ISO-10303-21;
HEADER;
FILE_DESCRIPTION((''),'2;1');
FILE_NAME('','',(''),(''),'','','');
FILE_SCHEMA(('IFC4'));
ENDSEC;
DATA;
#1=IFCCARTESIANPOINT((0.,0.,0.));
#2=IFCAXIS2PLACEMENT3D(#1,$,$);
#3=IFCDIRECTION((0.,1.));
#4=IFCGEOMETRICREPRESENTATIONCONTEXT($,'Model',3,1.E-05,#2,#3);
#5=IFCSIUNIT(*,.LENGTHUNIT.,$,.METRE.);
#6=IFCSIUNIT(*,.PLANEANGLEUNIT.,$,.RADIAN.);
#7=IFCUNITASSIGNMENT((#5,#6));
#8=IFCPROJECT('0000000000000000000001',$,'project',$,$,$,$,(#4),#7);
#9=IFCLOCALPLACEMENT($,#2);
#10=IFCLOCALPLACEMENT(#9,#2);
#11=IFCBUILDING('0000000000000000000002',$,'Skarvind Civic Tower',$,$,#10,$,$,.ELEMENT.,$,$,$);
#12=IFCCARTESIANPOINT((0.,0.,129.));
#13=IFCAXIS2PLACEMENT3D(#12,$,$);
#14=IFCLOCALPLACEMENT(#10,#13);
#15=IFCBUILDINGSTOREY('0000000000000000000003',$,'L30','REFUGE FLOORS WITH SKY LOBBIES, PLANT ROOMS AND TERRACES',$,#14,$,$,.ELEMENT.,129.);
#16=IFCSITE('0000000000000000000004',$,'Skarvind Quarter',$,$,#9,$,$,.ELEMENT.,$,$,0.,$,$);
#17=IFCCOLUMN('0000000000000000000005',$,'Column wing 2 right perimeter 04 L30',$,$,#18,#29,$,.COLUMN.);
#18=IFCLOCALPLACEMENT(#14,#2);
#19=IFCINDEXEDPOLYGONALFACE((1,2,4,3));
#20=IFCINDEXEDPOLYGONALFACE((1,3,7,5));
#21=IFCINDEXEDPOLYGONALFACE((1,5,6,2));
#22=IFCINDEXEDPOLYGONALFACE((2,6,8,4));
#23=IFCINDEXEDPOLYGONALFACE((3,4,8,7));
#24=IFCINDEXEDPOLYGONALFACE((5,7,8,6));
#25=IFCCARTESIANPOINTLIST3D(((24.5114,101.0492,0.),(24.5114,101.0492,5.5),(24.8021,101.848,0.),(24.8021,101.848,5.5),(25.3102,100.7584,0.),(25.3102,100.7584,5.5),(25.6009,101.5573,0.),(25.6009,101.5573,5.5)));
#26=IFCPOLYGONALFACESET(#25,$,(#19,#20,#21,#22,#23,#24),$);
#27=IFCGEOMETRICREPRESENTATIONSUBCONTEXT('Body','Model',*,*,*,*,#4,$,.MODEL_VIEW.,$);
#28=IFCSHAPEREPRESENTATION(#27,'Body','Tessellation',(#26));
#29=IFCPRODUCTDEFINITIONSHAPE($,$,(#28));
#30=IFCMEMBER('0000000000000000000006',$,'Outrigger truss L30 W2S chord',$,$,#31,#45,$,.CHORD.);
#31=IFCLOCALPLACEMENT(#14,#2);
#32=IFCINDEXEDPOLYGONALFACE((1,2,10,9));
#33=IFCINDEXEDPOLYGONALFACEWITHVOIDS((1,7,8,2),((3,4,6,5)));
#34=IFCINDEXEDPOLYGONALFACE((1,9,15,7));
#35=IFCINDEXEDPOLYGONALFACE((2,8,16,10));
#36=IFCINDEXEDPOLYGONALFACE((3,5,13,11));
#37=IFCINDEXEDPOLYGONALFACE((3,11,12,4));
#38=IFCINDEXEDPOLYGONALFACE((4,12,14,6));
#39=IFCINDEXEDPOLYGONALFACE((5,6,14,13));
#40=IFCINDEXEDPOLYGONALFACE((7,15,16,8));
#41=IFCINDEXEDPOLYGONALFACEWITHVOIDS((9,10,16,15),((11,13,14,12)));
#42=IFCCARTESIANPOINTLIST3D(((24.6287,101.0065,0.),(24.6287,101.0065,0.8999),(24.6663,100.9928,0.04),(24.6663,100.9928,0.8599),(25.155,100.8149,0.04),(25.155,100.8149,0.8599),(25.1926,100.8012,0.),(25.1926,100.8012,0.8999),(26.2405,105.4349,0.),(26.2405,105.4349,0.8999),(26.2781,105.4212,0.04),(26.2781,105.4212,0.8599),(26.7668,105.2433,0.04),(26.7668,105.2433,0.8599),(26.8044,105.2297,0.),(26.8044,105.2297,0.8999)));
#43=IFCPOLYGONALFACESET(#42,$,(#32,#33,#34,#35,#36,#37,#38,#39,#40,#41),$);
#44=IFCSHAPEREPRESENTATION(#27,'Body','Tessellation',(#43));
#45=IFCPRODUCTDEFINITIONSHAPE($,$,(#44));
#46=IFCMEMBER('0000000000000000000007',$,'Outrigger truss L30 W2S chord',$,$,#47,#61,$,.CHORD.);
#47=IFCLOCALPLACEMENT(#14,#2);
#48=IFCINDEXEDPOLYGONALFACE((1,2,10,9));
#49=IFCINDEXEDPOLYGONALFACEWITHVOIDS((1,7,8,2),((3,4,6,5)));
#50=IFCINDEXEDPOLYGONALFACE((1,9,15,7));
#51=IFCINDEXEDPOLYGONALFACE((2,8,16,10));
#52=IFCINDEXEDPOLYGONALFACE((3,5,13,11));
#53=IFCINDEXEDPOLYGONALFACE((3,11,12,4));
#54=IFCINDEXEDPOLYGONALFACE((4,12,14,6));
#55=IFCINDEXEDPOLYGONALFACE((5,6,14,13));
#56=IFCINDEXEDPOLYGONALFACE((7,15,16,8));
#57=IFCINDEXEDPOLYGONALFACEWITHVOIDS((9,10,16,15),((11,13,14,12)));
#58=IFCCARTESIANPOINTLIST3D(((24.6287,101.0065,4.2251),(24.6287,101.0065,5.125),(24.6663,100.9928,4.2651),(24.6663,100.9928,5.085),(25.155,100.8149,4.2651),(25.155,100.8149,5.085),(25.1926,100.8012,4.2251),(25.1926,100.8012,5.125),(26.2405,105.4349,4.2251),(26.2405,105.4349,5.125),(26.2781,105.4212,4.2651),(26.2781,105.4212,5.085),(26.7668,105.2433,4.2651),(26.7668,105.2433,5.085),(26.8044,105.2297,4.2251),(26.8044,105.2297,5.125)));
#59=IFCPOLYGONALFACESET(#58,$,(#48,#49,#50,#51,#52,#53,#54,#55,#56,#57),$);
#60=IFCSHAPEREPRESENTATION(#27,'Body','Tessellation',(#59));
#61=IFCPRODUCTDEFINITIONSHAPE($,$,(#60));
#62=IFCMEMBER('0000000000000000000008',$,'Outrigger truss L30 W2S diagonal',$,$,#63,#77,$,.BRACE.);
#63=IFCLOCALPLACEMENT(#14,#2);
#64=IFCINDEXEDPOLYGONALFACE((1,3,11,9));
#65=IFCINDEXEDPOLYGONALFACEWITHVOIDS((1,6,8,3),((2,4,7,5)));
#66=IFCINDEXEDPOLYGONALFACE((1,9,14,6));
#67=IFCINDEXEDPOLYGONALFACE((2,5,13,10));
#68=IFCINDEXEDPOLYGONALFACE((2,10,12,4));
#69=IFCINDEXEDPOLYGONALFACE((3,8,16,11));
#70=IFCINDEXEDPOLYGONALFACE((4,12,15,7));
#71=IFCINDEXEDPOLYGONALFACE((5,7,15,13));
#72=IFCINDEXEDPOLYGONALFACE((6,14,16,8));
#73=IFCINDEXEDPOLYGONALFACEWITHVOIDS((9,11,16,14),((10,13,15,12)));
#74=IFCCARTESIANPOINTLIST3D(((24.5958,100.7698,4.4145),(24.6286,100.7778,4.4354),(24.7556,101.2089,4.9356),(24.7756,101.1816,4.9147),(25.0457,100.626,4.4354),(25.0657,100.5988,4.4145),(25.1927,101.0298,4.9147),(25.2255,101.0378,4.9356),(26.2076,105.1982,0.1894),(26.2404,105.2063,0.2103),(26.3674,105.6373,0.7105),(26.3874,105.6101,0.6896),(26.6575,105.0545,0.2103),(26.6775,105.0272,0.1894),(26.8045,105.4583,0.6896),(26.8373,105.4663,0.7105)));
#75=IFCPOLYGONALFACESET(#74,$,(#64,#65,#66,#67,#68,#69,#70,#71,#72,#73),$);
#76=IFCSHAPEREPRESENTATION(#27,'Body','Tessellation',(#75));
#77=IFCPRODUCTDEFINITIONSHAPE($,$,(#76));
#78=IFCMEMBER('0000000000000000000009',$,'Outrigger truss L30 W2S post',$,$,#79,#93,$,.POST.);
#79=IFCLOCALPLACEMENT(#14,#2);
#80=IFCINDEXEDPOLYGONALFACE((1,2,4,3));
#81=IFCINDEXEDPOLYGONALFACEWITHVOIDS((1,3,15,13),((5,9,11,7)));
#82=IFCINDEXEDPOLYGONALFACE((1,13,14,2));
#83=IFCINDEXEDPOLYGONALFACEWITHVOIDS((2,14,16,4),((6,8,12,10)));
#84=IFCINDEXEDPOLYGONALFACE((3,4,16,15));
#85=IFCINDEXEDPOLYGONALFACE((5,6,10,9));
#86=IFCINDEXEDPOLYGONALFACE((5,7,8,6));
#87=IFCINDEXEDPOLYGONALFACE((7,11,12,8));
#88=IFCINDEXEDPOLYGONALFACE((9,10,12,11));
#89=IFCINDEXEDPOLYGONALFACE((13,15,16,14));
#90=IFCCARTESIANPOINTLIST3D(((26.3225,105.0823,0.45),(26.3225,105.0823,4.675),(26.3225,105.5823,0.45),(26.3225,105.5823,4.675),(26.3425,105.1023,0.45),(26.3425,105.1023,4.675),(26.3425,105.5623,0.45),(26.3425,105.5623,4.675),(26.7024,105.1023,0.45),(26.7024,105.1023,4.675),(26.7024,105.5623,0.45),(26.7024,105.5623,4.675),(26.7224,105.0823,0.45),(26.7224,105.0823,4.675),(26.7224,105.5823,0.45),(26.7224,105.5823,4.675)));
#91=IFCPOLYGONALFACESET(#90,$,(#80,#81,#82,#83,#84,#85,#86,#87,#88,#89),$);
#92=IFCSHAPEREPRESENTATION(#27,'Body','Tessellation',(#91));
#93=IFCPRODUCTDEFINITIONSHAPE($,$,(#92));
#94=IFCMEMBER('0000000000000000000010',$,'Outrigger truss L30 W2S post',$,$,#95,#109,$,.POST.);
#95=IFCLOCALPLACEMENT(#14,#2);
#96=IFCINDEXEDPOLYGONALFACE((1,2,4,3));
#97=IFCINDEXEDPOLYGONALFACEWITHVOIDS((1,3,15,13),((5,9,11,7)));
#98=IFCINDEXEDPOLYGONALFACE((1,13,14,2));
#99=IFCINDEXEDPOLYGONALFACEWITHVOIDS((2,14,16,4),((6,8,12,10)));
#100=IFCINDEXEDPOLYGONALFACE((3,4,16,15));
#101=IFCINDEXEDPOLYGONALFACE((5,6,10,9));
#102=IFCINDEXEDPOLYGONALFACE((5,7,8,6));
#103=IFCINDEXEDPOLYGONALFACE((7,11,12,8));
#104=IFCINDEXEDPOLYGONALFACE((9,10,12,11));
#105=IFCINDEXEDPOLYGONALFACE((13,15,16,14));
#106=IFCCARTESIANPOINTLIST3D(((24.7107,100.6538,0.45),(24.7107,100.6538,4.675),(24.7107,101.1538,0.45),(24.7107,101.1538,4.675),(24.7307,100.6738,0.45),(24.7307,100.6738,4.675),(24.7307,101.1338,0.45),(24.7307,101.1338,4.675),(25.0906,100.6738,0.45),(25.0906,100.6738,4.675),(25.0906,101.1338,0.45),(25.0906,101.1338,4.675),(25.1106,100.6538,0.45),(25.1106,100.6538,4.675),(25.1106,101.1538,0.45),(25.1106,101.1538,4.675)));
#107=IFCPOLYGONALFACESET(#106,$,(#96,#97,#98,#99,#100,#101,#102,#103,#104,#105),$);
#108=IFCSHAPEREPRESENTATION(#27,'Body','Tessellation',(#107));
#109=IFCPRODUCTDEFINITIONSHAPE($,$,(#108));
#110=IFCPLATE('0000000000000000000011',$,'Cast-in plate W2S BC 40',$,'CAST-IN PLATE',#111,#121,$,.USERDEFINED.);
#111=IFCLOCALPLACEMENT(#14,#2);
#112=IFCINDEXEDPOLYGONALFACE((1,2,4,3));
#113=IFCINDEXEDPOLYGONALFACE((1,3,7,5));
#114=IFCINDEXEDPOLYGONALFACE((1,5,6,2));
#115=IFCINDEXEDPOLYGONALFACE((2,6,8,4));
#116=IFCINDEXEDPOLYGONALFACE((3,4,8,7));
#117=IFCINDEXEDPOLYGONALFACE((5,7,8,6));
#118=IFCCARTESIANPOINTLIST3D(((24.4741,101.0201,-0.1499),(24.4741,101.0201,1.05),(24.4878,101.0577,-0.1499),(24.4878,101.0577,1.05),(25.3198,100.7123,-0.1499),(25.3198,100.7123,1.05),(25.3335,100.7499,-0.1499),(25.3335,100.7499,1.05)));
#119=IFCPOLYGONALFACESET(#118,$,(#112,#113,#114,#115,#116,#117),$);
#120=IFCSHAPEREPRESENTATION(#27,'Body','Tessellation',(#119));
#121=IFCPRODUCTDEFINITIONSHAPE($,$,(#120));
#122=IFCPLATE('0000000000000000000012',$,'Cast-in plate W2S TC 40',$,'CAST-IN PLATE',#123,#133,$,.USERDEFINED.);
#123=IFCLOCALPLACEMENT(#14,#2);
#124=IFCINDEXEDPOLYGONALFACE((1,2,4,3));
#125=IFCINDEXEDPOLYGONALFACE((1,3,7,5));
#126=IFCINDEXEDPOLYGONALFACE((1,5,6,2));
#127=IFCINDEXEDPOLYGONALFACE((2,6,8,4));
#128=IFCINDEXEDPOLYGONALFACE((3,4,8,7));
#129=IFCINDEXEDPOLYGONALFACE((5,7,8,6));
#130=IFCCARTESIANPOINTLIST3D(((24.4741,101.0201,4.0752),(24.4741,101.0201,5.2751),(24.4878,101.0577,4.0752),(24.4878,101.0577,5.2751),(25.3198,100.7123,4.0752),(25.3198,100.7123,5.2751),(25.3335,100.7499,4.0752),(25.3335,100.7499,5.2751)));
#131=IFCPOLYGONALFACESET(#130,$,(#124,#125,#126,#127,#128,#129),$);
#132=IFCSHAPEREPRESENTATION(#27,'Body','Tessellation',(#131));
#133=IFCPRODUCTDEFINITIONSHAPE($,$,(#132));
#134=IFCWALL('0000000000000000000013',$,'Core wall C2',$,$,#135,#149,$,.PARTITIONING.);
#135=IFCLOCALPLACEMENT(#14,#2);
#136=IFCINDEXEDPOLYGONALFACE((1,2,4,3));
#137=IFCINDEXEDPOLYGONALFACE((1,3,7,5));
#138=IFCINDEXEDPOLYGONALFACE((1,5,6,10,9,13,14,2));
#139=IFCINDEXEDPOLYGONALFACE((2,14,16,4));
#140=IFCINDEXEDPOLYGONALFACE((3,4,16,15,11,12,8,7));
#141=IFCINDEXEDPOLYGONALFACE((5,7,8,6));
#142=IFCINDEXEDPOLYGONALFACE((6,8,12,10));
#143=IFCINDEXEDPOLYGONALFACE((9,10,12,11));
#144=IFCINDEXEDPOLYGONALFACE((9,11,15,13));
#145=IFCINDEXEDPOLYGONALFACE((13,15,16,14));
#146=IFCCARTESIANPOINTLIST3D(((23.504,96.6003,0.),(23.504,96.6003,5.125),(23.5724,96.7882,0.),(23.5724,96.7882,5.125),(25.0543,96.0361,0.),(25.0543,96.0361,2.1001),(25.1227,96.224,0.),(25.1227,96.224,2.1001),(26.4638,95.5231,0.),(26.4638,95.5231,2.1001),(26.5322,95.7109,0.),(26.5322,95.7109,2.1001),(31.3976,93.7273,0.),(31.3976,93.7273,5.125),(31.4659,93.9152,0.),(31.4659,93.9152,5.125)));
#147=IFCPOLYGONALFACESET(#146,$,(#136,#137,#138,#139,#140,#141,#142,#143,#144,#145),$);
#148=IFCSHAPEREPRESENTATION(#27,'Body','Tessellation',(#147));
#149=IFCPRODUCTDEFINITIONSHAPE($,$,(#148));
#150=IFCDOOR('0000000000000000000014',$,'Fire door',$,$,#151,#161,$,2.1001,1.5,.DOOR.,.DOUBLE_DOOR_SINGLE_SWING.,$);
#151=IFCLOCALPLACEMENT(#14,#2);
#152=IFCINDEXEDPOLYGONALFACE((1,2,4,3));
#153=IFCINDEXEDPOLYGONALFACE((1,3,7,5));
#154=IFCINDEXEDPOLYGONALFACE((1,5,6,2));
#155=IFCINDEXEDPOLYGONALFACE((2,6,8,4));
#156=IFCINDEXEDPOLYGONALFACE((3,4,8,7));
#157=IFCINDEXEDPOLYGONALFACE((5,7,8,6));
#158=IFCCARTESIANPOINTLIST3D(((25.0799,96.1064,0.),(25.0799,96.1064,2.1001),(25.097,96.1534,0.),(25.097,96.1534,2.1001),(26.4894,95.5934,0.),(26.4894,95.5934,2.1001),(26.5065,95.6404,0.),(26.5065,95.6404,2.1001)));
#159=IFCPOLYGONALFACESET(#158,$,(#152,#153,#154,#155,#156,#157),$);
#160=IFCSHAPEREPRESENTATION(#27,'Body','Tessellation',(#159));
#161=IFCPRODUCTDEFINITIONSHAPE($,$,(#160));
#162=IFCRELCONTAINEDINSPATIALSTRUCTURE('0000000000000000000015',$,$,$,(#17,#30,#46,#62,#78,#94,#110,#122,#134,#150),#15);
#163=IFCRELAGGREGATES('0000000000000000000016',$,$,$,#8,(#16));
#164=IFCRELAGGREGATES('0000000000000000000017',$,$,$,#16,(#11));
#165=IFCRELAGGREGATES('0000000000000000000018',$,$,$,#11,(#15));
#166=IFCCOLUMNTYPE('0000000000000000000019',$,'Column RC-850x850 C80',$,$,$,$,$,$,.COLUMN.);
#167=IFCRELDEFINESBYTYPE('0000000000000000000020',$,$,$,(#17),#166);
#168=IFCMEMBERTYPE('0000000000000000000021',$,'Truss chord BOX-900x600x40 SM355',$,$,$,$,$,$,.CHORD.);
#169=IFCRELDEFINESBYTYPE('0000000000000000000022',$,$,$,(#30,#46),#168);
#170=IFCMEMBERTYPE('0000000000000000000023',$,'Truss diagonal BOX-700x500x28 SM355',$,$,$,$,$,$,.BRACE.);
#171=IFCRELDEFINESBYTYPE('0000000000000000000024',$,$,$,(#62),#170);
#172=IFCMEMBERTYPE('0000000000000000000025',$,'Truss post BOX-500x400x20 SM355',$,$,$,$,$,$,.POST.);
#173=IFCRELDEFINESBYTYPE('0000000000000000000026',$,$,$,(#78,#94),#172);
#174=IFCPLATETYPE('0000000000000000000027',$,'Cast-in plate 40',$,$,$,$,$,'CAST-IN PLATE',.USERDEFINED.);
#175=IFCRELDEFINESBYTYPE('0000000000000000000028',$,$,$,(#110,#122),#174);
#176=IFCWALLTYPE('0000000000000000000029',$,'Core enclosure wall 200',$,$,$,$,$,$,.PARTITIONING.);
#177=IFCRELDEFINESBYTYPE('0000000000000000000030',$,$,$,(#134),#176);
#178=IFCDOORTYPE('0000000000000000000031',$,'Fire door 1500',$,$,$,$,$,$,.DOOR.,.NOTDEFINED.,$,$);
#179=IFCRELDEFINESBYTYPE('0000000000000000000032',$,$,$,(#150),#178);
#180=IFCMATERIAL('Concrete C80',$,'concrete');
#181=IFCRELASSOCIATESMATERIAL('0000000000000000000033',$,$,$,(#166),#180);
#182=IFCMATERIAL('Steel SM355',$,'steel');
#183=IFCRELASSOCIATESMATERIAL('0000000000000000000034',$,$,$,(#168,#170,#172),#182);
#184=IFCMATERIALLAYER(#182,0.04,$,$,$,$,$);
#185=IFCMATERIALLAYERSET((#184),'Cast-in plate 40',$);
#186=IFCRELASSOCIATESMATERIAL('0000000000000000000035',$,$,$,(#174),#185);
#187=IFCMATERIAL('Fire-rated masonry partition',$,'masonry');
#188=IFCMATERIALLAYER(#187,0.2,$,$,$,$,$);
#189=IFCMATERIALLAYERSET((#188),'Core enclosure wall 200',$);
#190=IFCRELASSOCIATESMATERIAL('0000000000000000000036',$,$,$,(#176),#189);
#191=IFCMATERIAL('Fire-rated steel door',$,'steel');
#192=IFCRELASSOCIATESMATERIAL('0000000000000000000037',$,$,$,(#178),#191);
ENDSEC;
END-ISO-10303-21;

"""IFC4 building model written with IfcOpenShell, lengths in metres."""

from ifc_helpers import new_model, si_unit, direction, frame, frame_2d, origin, origin_2d, place, context, subcontext, project, spatial, rectangle, hollow_rectangle, extrude, material, layer, layer_set, material_profile, profile_set, type_object, element, fill, save


model = new_model("IFC4")

# Units and contexts
model_context = context("Model", 3, precision=1e-05, world=origin(), true_north=direction((0.0, 1.0)))
body_context = subcontext(model_context, "Body", "Model", "MODEL_VIEW")
ifc_project = project(units=[si_unit("LENGTHUNIT", "METRE"), si_unit("PLANEANGLEUNIT", "RADIAN")], contexts=[model_context])

# Site, building, storey
site_placement = place(None, origin())
site = spatial("IfcSite", under=ifc_project, at=site_placement, Name="Skarvind Quarter", CompositionType="ELEMENT", RefElevation=0.0)
building_placement = place(site_placement, origin())
building = spatial("IfcBuilding", under=site, at=building_placement, Name="Skarvind Civic Tower", CompositionType="ELEMENT")
storey_placement = place(building_placement, frame((0.0, 0.0, 129.0)))
storey = spatial("IfcBuildingStorey", under=building, at=storey_placement, Name="L30", Description="REFUGE FLOORS WITH SKY LOBBIES, PLANT ROOMS AND TERRACES", CompositionType="ELEMENT", Elevation=129.0)

# Column
ifc_material_1 = material(Name="Concrete C80", Category="concrete")
ifc_material_profile_1 = material_profile(ifc_material_1, rectangle(XDim=0.8501, YDim=0.8501, at=origin_2d()), Name="RC-850x850")
ifc_profile_set_1 = profile_set([ifc_material_profile_1], Name="Concrete C80")
column_type = type_object("IfcColumnType", Name="Column RC-850x850 C80", PredefinedType="COLUMN", material=ifc_profile_set_1)
column_placement = place(storey_placement, frame((25.0562, 101.3032, 0.0), z_axis=(0.0, 0.0, 1.0), x_axis=(-0.34202, -0.939693, 0.0)))
element("IfcColumn", 1, at=column_placement, inside=storey, type_object=column_type, Name="Column wing 2 right perimeter 04 L30", PredefinedType="COLUMN", context=body_context, shape_type="SweptSolid", body=[
    extrude(rectangle(XDim=0.8501, YDim=0.8501, at=origin_2d()), origin(), (0.0, 0.0, 1.0), 5.5),
])

# Members
ifc_material_2 = material(Name="Steel SM355", Category="steel")
ifc_material_profile_2 = material_profile(ifc_material_2, hollow_rectangle(XDim=0.6001, YDim=0.8999, WallThickness=0.04, at=origin_2d()), Name="BOX-900x600x40")
ifc_profile_set_2 = profile_set([ifc_material_profile_2], Name="Steel SM355")
member_type_1 = type_object("IfcMemberType", Name="Truss chord BOX-900x600x40 SM355", PredefinedType="CHORD", material=ifc_profile_set_2)
for number, where, z_axis, x_axis, name in (
    (2, (26.5225, 105.3323, 0.45), (-0.342018, -0.939694, 0.0), (0.939694, -0.342018, 0.0), "Outrigger truss L30 W2S chord"),
    (3, (26.5225, 105.3323, 4.675), (-0.342018, -0.939694, 0.0), (0.939694, -0.342018, 0.0), "Outrigger truss L30 W2S chord"),
):
    element("IfcMember", number, at=place(storey_placement, frame(where, z_axis=z_axis, x_axis=x_axis)), inside=storey, type_object=member_type_1, Name=name, PredefinedType="CHORD", context=body_context, shape_type="SweptSolid", body=[
        extrude(hollow_rectangle(XDim=0.6001, YDim=0.8999, WallThickness=0.04, at=origin_2d()), origin(), (0.0, 0.0, 1.0), 4.7126),
    ])
ifc_material_profile_3 = material_profile(ifc_material_2, hollow_rectangle(XDim=0.5, YDim=0.7, WallThickness=0.0281, at=origin_2d()), Name="BOX-700x500x28")
ifc_profile_set_3 = profile_set([ifc_material_profile_3], Name="Steel SM355")
member_type_2 = type_object("IfcMemberType", Name="Truss diagonal BOX-700x500x28 SM355", PredefinedType="BRACE", material=ifc_profile_set_3)
member_placement = place(storey_placement, frame((26.5225, 105.3323, 0.45), z_axis=(-0.254657, -0.699671, 0.66754), x_axis=(0.939694, -0.342018, 0.0)))
element("IfcMember", 4, at=member_placement, inside=storey, type_object=member_type_2, Name="Outrigger truss L30 W2S diagonal", PredefinedType="BRACE", context=body_context, shape_type="SweptSolid", body=[
    extrude(hollow_rectangle(XDim=0.5, YDim=0.7, WallThickness=0.0281, at=origin_2d()), origin(), (0.0, 0.0, 1.0), 6.3293),
])
ifc_material_profile_4 = material_profile(ifc_material_2, hollow_rectangle(XDim=0.3999, YDim=0.5, WallThickness=0.02, at=origin_2d()), Name="BOX-500x400x20")
ifc_profile_set_4 = profile_set([ifc_material_profile_4], Name="Steel SM355")
member_type_3 = type_object("IfcMemberType", Name="Truss post BOX-500x400x20 SM355", PredefinedType="POST", material=ifc_profile_set_4)
for number, where, z_axis, x_axis, name in (
    (5, (26.5225, 105.3323, 0.45), (0.0, 0.0, 1.0), (1.0, 0.0, 0.0), "Outrigger truss L30 W2S post"),
    (6, (24.9106, 100.9038, 0.45), (0.0, 0.0, 1.0), (1.0, 0.0, 0.0), "Outrigger truss L30 W2S post"),
):
    element("IfcMember", number, at=place(storey_placement, frame(where, z_axis=z_axis, x_axis=x_axis)), inside=storey, type_object=member_type_3, Name=name, PredefinedType="POST", context=body_context, shape_type="SweptSolid", body=[
        extrude(hollow_rectangle(XDim=0.3999, YDim=0.5, WallThickness=0.02, at=origin_2d()), origin(), (0.0, 0.0, 1.0), 4.2251),
    ])

# Plates
ifc_layer_1 = layer(ifc_material_2, 0.04)
ifc_layer_set_1 = layer_set([ifc_layer_1], Name="Cast-in plate 40")
plate_type = type_object("IfcPlateType", Name="Cast-in plate 40", ElementType="CAST-IN PLATE", PredefinedType="USERDEFINED", material=ifc_layer_set_1)
for number, where, z_axis, x_axis, name in (
    (7, (24.9038, 100.885, -0.1499), (0.0, 0.0, 1.0), (-0.34202, -0.939693, 0.0), "Cast-in plate W2S BC 40"),
    (8, (24.9038, 100.885, 4.0752), (0.0, 0.0, 1.0), (-0.34202, -0.939693, 0.0), "Cast-in plate W2S TC 40"),
):
    element("IfcPlate", number, at=place(storey_placement, frame(where, z_axis=z_axis, x_axis=x_axis)), inside=storey, type_object=plate_type, Name=name, ObjectType="CAST-IN PLATE", PredefinedType="USERDEFINED", context=body_context, shape_type="SweptSolid", body=[
        extrude(rectangle(XDim=0.04, YDim=0.8999, at=origin_2d()), origin(), (0.0, 0.0, 1.0), 1.2),
    ])

# Wall, opening, door
ifc_material_3 = material(Name="Fire-rated masonry partition", Category="masonry")
ifc_layer_2 = layer(ifc_material_3, 0.2)
ifc_layer_set_2 = layer_set([ifc_layer_2], Name="Core enclosure wall 200")
wall_type_1 = type_object("IfcWallType", Name="Core enclosure wall 200", PredefinedType="PARTITIONING", material=ifc_layer_set_2)
wall_1_placement = place(storey_placement, frame((23.5381, 96.6943, 0.0), z_axis=(0.0, 0.0, 1.0), x_axis=(0.939692, -0.342023, 0.0)))
wall_1 = element("IfcWall", 9, at=wall_1_placement, inside=storey, type_object=wall_type_1, Name="Core wall C2", PredefinedType="PARTITIONING", context=body_context, shape_type="SweptSolid", body=[
    extrude(rectangle(XDim=8.4001, YDim=0.2, at=frame_2d((4.2002, 0.0))), origin(), (0.0, 0.0, 1.0), 5.125),
])
opening_1_placement = place(wall_1_placement, frame((1.6499, 0.0, 0.0)))
opening_1 = element("IfcOpeningElement", 10, at=opening_1_placement, cuts=wall_1, PredefinedType="OPENING", context=body_context, shape_type="SweptSolid", body=[
    extrude(rectangle(XDim=1.5, YDim=2.1001, at=frame_2d((0.75, 1.05))), frame((0.0, 0.1099, 0.0), z_axis=(0.0, -1.0, 0.0), x_axis=(1.0, 0.0, 0.0)), (0.0, 0.0, 1.0), 0.22),
])
ifc_material_4 = material(Name="Fire-rated steel door", Category="steel")
door_type_1 = type_object("IfcDoorType", Name="Fire door 1500", OperationType="NOTDEFINED", PredefinedType="DOOR", material=ifc_material_4)
door_1_placement = place(opening_1_placement, origin())
door_1 = element("IfcDoor", 11, at=door_1_placement, inside=storey, type_object=door_type_1, Name="Fire door", OperationType="DOUBLE_DOOR_SINGLE_SWING", OverallHeight=2.1001, OverallWidth=1.5, PredefinedType="DOOR", context=body_context, shape_type="SweptSolid", body=[
    extrude(rectangle(XDim=1.5, YDim=2.1001, at=frame_2d((0.75, 1.05))), frame((0.0, 0.0249, 0.0), z_axis=(0.0, -1.0, 0.0), x_axis=(1.0, 0.0, 0.0)), (0.0, 0.0, 1.0), 0.05),
])
fill(opening_1, door_1)

save(model, "model.ifc")
